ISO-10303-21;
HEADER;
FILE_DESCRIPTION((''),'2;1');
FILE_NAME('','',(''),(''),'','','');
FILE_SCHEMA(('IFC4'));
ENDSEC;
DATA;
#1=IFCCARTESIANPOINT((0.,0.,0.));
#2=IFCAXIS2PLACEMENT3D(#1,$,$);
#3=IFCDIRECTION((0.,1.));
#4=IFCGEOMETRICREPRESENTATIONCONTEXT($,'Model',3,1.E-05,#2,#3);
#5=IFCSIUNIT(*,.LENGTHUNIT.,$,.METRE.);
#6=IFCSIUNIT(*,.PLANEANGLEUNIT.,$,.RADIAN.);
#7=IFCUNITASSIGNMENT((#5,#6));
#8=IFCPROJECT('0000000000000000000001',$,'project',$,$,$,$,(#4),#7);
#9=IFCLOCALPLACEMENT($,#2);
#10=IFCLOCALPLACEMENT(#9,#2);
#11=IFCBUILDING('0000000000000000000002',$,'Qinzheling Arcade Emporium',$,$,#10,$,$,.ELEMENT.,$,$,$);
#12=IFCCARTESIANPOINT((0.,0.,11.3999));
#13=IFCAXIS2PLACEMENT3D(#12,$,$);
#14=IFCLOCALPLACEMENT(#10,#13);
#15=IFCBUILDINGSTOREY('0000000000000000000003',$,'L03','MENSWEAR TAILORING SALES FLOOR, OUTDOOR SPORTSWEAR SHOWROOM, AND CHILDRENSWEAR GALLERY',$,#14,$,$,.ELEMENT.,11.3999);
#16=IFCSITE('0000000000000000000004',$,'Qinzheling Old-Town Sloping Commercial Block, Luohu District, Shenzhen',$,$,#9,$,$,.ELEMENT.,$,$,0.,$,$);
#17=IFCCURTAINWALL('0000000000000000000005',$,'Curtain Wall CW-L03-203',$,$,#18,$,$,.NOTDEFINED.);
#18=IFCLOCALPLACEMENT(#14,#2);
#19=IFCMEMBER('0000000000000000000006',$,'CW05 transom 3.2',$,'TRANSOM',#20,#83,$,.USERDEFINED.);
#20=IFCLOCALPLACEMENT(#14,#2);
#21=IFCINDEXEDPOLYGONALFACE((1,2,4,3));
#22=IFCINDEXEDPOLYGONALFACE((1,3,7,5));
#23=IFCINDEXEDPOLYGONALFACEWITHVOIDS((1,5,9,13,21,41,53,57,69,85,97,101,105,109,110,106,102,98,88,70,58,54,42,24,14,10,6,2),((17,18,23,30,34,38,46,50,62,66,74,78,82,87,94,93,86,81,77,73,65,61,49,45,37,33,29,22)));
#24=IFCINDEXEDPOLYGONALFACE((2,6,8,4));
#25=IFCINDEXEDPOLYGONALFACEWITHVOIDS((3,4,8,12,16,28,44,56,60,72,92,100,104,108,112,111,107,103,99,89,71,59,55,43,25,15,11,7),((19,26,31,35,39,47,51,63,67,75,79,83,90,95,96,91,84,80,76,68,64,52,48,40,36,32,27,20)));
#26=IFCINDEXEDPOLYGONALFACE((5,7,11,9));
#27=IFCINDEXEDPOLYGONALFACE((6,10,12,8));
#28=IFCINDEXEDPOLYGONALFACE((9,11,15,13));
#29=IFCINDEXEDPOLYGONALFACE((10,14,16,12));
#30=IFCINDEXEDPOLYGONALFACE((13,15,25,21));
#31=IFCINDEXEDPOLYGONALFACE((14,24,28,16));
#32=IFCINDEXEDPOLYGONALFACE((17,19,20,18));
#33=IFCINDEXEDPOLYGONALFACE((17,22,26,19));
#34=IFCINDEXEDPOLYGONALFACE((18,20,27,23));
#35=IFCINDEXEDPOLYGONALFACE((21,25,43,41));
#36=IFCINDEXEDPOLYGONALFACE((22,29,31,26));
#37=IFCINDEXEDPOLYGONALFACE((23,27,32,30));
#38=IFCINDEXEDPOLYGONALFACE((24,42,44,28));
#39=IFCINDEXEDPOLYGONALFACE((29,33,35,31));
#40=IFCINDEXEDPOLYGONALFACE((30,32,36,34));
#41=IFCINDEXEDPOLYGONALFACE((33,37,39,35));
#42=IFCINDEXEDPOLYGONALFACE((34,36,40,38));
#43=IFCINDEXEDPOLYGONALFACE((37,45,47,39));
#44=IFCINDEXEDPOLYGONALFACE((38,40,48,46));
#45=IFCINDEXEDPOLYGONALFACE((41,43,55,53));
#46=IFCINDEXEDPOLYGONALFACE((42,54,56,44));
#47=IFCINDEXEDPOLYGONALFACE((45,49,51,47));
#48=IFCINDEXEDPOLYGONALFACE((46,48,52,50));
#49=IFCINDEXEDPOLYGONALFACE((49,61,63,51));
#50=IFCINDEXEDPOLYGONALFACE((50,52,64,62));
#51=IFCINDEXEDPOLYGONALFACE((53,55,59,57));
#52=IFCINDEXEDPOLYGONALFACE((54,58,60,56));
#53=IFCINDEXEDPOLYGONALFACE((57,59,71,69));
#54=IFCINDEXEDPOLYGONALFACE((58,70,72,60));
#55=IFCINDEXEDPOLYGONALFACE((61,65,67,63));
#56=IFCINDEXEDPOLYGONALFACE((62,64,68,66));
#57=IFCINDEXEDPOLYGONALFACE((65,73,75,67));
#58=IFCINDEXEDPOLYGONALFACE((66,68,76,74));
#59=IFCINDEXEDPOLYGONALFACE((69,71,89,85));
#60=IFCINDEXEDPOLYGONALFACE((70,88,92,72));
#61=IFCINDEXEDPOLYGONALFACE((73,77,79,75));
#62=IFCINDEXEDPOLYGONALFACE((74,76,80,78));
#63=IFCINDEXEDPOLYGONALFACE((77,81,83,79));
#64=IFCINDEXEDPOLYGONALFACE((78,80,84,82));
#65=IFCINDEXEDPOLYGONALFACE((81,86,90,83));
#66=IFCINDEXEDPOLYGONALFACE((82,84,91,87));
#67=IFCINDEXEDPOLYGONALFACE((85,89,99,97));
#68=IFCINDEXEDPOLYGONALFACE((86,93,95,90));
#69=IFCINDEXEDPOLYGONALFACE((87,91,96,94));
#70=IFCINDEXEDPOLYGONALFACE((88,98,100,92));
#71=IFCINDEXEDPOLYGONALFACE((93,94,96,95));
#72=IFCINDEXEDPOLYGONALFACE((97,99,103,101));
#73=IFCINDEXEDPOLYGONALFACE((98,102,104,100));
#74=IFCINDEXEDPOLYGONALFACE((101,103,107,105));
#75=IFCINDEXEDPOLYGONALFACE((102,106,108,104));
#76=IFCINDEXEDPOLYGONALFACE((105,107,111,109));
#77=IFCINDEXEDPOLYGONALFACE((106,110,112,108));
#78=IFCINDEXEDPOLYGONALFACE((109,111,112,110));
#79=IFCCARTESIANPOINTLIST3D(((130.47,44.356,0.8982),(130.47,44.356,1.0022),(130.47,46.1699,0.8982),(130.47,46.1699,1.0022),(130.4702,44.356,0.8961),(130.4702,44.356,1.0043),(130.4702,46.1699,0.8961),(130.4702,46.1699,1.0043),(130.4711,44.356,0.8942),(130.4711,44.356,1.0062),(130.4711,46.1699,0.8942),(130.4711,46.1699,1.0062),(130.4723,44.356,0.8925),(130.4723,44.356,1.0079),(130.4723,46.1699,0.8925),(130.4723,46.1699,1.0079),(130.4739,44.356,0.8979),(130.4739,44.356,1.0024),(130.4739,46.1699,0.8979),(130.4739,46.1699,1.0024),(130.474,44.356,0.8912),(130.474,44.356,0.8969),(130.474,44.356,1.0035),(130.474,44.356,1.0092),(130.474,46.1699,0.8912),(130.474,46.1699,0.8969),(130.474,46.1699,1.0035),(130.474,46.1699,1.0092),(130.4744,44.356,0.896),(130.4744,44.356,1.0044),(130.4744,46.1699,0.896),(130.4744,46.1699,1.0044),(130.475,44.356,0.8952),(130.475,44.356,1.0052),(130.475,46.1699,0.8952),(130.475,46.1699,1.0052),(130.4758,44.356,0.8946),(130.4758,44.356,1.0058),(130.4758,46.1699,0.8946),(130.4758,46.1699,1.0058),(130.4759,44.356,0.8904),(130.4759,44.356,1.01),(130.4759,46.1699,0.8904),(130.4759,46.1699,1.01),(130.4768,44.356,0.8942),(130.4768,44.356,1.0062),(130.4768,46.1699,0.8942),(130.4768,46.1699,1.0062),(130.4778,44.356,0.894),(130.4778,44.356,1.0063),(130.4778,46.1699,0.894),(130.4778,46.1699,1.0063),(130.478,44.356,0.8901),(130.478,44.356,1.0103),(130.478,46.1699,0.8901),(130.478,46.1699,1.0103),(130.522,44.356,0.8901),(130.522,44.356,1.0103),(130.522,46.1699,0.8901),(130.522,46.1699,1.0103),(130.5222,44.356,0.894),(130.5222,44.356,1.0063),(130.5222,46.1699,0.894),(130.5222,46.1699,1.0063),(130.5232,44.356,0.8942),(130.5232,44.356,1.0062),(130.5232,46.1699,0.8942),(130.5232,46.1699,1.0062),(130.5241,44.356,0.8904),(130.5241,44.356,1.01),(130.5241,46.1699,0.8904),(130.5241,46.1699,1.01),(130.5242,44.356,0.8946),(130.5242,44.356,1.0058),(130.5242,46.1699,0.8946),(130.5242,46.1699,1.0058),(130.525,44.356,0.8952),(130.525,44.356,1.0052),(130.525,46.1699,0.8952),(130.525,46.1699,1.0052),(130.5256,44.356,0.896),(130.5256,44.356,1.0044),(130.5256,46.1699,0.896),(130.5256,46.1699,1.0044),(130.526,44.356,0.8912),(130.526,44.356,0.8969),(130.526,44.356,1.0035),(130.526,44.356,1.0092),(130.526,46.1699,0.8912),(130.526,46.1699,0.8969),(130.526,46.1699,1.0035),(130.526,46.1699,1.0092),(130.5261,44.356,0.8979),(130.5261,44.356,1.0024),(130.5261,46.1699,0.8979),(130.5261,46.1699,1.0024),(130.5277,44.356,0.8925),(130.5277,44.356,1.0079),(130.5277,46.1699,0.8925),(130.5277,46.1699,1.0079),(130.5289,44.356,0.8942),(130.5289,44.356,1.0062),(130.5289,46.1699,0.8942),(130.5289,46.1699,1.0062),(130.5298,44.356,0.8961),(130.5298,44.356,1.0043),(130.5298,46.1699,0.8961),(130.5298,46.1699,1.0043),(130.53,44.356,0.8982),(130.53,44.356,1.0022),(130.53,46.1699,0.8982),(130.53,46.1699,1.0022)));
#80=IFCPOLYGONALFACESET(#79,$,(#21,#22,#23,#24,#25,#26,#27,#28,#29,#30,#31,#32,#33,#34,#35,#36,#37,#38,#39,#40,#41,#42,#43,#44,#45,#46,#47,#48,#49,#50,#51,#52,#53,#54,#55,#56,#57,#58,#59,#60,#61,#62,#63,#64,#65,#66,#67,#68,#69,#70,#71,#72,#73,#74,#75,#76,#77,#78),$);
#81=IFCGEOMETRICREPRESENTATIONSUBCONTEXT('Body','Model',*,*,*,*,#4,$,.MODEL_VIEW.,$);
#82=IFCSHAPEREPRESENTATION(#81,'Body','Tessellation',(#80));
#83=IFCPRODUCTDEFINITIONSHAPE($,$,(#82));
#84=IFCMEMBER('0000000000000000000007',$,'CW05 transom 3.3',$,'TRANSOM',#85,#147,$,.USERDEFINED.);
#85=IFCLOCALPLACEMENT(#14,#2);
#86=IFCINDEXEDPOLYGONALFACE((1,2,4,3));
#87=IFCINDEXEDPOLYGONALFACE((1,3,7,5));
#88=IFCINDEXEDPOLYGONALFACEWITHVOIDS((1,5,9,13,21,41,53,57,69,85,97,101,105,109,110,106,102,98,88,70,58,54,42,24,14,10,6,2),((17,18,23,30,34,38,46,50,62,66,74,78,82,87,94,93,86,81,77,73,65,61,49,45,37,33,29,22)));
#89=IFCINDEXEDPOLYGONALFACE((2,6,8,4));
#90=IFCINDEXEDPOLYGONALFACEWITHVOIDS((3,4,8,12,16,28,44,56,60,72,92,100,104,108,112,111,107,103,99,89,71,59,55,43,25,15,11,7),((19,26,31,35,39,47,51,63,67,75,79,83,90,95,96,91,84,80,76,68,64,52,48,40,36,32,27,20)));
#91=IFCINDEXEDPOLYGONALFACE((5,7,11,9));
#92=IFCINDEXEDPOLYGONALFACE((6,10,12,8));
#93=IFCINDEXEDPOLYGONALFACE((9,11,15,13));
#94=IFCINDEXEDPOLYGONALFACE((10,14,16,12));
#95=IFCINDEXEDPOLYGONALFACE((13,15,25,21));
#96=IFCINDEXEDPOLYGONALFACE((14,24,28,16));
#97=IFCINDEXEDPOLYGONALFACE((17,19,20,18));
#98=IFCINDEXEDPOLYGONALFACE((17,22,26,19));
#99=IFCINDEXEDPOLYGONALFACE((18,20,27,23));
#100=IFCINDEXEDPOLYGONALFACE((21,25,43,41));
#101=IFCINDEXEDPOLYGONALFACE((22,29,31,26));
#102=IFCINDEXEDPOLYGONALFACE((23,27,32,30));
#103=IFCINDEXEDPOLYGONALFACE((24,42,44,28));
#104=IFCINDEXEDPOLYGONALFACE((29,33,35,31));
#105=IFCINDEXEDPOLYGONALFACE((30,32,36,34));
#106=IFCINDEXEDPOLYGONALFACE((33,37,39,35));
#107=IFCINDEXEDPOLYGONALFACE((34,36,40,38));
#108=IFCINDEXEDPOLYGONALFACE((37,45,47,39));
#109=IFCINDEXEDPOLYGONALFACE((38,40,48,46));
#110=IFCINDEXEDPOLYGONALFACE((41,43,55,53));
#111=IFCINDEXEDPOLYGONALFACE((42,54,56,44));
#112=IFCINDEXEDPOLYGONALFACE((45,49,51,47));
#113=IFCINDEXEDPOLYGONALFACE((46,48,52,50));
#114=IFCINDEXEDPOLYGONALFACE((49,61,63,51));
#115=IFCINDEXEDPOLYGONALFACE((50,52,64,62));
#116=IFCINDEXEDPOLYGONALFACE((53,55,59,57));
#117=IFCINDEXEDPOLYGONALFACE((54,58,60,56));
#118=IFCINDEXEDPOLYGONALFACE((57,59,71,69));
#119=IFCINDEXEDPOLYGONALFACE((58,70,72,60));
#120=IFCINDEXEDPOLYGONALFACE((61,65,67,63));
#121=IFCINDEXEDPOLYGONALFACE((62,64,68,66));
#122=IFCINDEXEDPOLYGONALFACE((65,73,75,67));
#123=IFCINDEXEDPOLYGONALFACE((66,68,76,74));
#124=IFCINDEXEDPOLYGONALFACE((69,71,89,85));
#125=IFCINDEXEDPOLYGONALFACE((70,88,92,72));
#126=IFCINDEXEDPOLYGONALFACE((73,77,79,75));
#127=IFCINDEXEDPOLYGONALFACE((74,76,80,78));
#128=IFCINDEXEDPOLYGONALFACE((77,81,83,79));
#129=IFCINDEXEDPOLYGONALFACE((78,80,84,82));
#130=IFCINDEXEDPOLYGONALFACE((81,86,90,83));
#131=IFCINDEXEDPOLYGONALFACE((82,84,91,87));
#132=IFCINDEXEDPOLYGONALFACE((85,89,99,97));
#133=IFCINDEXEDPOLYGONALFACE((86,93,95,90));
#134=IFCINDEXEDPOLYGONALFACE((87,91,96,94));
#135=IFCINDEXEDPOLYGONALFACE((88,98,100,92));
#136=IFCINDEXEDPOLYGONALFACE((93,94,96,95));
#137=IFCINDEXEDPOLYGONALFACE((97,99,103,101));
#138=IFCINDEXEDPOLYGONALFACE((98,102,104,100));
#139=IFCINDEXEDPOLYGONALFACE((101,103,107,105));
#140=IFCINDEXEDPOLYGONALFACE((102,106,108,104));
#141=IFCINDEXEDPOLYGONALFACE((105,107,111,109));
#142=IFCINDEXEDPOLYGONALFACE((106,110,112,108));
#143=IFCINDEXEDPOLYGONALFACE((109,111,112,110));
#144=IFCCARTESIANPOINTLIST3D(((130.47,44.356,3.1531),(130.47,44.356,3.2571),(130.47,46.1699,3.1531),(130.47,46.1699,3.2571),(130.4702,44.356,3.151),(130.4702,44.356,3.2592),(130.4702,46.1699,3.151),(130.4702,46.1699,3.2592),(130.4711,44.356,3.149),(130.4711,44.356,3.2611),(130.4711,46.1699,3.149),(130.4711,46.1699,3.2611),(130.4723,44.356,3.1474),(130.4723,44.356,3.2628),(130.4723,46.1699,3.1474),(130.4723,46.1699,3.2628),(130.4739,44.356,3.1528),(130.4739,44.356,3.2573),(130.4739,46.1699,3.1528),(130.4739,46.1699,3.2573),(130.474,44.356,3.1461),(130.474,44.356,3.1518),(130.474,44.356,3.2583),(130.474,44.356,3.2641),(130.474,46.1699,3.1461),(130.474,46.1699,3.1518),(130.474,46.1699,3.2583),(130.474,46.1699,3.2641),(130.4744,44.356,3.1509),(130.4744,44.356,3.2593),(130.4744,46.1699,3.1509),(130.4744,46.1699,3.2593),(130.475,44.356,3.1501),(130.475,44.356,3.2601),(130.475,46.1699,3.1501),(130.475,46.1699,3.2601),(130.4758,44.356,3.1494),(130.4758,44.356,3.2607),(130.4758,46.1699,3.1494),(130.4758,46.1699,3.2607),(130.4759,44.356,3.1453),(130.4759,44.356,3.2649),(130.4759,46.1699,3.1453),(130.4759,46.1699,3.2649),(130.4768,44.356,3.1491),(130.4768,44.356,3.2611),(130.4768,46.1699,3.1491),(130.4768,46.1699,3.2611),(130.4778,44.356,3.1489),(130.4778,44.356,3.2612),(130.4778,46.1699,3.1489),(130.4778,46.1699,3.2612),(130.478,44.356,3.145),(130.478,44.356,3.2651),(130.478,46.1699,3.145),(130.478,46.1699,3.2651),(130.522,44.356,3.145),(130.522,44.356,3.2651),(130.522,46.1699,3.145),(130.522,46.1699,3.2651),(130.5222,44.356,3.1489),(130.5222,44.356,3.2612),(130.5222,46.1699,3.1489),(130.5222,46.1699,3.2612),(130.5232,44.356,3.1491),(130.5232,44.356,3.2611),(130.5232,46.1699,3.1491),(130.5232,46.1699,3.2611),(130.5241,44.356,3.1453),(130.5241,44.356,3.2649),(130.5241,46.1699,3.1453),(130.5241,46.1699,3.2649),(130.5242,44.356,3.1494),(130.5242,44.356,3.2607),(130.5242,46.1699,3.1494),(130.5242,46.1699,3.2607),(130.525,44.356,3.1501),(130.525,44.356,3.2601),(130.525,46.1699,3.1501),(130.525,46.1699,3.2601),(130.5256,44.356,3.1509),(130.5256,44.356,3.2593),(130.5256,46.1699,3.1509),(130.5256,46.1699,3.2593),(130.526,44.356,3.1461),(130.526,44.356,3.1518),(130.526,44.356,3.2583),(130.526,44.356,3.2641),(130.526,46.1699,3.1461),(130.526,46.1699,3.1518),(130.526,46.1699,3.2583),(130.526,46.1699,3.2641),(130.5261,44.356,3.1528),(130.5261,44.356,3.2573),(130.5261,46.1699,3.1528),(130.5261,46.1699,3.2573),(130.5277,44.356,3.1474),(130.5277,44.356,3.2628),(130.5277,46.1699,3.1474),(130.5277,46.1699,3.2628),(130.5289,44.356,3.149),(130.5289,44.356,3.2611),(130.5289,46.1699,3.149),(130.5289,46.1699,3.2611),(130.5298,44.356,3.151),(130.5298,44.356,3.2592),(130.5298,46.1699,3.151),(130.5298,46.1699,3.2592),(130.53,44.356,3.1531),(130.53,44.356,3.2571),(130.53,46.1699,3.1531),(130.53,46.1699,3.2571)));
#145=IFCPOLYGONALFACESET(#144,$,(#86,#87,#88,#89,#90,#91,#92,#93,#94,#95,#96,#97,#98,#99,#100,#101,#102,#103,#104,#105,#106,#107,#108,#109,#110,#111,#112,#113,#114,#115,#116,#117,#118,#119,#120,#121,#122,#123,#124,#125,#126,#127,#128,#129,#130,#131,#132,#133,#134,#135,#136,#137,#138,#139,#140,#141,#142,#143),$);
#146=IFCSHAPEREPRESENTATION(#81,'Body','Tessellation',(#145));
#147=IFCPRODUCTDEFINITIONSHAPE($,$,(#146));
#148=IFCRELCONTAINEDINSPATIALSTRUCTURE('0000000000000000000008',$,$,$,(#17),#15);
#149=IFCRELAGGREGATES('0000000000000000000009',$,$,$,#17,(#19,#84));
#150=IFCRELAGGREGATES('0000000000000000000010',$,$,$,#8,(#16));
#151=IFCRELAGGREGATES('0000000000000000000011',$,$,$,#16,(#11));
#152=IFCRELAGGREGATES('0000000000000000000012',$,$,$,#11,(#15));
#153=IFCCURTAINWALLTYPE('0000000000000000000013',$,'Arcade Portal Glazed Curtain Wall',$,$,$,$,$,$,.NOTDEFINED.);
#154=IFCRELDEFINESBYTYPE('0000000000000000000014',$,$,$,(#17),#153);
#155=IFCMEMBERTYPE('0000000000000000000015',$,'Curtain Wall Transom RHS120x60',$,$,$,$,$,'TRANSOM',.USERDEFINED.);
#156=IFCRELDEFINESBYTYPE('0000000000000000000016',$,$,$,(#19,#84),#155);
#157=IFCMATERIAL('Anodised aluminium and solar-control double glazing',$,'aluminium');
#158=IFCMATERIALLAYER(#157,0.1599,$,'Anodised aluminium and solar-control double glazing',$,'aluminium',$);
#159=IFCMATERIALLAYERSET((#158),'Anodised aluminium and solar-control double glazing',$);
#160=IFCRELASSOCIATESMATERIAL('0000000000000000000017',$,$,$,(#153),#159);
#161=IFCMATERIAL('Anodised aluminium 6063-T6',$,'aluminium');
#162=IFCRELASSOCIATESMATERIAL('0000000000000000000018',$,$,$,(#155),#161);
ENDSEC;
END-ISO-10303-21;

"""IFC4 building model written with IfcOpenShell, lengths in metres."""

from ifc_helpers import new_model, si_unit, direction, frame, origin, origin_2d, place, context, subcontext, project, spatial, hollow_rectangle, extrude, material, layer, layer_set, material_profile, profile_set, type_object, element, aggregate, save


model = new_model("IFC4")

# Units and contexts
model_context = context("Model", 3, precision=1e-05, world=origin(), true_north=direction((0.0, 1.0)))
body_context = subcontext(model_context, "Body", "Model", "MODEL_VIEW")
ifc_project = project(units=[si_unit("LENGTHUNIT", "METRE"), si_unit("PLANEANGLEUNIT", "RADIAN")], contexts=[model_context])

# Site, building, storey
site_placement = place(None, origin())
site = spatial("IfcSite", under=ifc_project, at=site_placement, Name="Qinzheling Old-Town Sloping Commercial Block, Luohu District, Shenzhen", CompositionType="ELEMENT", RefElevation=0.0)
building_placement = place(site_placement, origin())
building = spatial("IfcBuilding", under=site, at=building_placement, Name="Qinzheling Arcade Emporium", CompositionType="ELEMENT")
storey_placement = place(building_placement, frame((0.0, 0.0, 11.3999)))
storey = spatial("IfcBuildingStorey", under=building, at=storey_placement, Name="L03", Description="MENSWEAR TAILORING SALES FLOOR, OUTDOOR SPORTSWEAR SHOWROOM, AND CHILDRENSWEAR GALLERY", CompositionType="ELEMENT", Elevation=11.3999)

# Curtain wall, members
ifc_material_1 = material(Name="Anodised aluminium and solar-control double glazing", Category="aluminium")
ifc_layer_1 = layer(ifc_material_1, 0.1599, Name="Anodised aluminium and solar-control double glazing", Category="aluminium")
ifc_layer_set_1 = layer_set([ifc_layer_1], Name="Anodised aluminium and solar-control double glazing")
curtain_wall_type = type_object("IfcCurtainWallType", Name="Arcade Portal Glazed Curtain Wall", PredefinedType="NOTDEFINED", material=ifc_layer_set_1)
curtain_wall_placement = place(storey_placement, origin())
curtain_wall = element("IfcCurtainWall", 1, at=curtain_wall_placement, inside=storey, type_object=curtain_wall_type, Name="Curtain Wall CW-L03-203", PredefinedType="NOTDEFINED")
ifc_material_2 = material(Name="Anodised aluminium 6063-T6", Category="aluminium")
ifc_material_profile_1 = material_profile(ifc_material_2, hollow_rectangle(XDim=0.0601, YDim=0.1201, WallThickness=0.0039, InnerFilletRadius=0.0039, OuterFilletRadius=0.0081, at=origin_2d()), Name="RHS 120x60x4", Category="aluminium")
ifc_profile_set_1 = profile_set([ifc_material_profile_1], Name="Anodised aluminium 6063-T6")
member_type_1 = type_object("IfcMemberType", Name="Curtain Wall Transom RHS120x60", ElementType="TRANSOM", PredefinedType="USERDEFINED", material=ifc_profile_set_1)
member_1_placement = place(storey_placement, frame((130.5, 46.1699, 0.9502), z_axis=(0.0, -1.0, 0.0), x_axis=(1.0, 0.0, 0.0)))
member_1 = element("IfcMember", 2, at=member_1_placement, type_object=member_type_1, Name="CW05 transom 3.2", ObjectType="TRANSOM", PredefinedType="USERDEFINED", context=body_context, shape_type="SweptSolid", body=[
    extrude(hollow_rectangle(XDim=0.0601, YDim=0.1201, WallThickness=0.0039, InnerFilletRadius=0.0039, OuterFilletRadius=0.0081, at=origin_2d()), origin(), (0.0, 0.0, 1.0), 1.814),
])
member_2_placement = place(storey_placement, frame((130.5, 46.1699, 3.2051), z_axis=(0.0, -1.0, 0.0), x_axis=(1.0, 0.0, 0.0)))
member_2 = element("IfcMember", 3, at=member_2_placement, type_object=member_type_1, Name="CW05 transom 3.3", ObjectType="TRANSOM", PredefinedType="USERDEFINED", context=body_context, shape_type="SweptSolid", body=[
    extrude(hollow_rectangle(XDim=0.0601, YDim=0.1201, WallThickness=0.0039, InnerFilletRadius=0.0039, OuterFilletRadius=0.0081, at=origin_2d()), origin(), (0.0, 0.0, 1.0), 1.814),
])
aggregate(curtain_wall, [member_1, member_2])

save(model, "model.ifc")
